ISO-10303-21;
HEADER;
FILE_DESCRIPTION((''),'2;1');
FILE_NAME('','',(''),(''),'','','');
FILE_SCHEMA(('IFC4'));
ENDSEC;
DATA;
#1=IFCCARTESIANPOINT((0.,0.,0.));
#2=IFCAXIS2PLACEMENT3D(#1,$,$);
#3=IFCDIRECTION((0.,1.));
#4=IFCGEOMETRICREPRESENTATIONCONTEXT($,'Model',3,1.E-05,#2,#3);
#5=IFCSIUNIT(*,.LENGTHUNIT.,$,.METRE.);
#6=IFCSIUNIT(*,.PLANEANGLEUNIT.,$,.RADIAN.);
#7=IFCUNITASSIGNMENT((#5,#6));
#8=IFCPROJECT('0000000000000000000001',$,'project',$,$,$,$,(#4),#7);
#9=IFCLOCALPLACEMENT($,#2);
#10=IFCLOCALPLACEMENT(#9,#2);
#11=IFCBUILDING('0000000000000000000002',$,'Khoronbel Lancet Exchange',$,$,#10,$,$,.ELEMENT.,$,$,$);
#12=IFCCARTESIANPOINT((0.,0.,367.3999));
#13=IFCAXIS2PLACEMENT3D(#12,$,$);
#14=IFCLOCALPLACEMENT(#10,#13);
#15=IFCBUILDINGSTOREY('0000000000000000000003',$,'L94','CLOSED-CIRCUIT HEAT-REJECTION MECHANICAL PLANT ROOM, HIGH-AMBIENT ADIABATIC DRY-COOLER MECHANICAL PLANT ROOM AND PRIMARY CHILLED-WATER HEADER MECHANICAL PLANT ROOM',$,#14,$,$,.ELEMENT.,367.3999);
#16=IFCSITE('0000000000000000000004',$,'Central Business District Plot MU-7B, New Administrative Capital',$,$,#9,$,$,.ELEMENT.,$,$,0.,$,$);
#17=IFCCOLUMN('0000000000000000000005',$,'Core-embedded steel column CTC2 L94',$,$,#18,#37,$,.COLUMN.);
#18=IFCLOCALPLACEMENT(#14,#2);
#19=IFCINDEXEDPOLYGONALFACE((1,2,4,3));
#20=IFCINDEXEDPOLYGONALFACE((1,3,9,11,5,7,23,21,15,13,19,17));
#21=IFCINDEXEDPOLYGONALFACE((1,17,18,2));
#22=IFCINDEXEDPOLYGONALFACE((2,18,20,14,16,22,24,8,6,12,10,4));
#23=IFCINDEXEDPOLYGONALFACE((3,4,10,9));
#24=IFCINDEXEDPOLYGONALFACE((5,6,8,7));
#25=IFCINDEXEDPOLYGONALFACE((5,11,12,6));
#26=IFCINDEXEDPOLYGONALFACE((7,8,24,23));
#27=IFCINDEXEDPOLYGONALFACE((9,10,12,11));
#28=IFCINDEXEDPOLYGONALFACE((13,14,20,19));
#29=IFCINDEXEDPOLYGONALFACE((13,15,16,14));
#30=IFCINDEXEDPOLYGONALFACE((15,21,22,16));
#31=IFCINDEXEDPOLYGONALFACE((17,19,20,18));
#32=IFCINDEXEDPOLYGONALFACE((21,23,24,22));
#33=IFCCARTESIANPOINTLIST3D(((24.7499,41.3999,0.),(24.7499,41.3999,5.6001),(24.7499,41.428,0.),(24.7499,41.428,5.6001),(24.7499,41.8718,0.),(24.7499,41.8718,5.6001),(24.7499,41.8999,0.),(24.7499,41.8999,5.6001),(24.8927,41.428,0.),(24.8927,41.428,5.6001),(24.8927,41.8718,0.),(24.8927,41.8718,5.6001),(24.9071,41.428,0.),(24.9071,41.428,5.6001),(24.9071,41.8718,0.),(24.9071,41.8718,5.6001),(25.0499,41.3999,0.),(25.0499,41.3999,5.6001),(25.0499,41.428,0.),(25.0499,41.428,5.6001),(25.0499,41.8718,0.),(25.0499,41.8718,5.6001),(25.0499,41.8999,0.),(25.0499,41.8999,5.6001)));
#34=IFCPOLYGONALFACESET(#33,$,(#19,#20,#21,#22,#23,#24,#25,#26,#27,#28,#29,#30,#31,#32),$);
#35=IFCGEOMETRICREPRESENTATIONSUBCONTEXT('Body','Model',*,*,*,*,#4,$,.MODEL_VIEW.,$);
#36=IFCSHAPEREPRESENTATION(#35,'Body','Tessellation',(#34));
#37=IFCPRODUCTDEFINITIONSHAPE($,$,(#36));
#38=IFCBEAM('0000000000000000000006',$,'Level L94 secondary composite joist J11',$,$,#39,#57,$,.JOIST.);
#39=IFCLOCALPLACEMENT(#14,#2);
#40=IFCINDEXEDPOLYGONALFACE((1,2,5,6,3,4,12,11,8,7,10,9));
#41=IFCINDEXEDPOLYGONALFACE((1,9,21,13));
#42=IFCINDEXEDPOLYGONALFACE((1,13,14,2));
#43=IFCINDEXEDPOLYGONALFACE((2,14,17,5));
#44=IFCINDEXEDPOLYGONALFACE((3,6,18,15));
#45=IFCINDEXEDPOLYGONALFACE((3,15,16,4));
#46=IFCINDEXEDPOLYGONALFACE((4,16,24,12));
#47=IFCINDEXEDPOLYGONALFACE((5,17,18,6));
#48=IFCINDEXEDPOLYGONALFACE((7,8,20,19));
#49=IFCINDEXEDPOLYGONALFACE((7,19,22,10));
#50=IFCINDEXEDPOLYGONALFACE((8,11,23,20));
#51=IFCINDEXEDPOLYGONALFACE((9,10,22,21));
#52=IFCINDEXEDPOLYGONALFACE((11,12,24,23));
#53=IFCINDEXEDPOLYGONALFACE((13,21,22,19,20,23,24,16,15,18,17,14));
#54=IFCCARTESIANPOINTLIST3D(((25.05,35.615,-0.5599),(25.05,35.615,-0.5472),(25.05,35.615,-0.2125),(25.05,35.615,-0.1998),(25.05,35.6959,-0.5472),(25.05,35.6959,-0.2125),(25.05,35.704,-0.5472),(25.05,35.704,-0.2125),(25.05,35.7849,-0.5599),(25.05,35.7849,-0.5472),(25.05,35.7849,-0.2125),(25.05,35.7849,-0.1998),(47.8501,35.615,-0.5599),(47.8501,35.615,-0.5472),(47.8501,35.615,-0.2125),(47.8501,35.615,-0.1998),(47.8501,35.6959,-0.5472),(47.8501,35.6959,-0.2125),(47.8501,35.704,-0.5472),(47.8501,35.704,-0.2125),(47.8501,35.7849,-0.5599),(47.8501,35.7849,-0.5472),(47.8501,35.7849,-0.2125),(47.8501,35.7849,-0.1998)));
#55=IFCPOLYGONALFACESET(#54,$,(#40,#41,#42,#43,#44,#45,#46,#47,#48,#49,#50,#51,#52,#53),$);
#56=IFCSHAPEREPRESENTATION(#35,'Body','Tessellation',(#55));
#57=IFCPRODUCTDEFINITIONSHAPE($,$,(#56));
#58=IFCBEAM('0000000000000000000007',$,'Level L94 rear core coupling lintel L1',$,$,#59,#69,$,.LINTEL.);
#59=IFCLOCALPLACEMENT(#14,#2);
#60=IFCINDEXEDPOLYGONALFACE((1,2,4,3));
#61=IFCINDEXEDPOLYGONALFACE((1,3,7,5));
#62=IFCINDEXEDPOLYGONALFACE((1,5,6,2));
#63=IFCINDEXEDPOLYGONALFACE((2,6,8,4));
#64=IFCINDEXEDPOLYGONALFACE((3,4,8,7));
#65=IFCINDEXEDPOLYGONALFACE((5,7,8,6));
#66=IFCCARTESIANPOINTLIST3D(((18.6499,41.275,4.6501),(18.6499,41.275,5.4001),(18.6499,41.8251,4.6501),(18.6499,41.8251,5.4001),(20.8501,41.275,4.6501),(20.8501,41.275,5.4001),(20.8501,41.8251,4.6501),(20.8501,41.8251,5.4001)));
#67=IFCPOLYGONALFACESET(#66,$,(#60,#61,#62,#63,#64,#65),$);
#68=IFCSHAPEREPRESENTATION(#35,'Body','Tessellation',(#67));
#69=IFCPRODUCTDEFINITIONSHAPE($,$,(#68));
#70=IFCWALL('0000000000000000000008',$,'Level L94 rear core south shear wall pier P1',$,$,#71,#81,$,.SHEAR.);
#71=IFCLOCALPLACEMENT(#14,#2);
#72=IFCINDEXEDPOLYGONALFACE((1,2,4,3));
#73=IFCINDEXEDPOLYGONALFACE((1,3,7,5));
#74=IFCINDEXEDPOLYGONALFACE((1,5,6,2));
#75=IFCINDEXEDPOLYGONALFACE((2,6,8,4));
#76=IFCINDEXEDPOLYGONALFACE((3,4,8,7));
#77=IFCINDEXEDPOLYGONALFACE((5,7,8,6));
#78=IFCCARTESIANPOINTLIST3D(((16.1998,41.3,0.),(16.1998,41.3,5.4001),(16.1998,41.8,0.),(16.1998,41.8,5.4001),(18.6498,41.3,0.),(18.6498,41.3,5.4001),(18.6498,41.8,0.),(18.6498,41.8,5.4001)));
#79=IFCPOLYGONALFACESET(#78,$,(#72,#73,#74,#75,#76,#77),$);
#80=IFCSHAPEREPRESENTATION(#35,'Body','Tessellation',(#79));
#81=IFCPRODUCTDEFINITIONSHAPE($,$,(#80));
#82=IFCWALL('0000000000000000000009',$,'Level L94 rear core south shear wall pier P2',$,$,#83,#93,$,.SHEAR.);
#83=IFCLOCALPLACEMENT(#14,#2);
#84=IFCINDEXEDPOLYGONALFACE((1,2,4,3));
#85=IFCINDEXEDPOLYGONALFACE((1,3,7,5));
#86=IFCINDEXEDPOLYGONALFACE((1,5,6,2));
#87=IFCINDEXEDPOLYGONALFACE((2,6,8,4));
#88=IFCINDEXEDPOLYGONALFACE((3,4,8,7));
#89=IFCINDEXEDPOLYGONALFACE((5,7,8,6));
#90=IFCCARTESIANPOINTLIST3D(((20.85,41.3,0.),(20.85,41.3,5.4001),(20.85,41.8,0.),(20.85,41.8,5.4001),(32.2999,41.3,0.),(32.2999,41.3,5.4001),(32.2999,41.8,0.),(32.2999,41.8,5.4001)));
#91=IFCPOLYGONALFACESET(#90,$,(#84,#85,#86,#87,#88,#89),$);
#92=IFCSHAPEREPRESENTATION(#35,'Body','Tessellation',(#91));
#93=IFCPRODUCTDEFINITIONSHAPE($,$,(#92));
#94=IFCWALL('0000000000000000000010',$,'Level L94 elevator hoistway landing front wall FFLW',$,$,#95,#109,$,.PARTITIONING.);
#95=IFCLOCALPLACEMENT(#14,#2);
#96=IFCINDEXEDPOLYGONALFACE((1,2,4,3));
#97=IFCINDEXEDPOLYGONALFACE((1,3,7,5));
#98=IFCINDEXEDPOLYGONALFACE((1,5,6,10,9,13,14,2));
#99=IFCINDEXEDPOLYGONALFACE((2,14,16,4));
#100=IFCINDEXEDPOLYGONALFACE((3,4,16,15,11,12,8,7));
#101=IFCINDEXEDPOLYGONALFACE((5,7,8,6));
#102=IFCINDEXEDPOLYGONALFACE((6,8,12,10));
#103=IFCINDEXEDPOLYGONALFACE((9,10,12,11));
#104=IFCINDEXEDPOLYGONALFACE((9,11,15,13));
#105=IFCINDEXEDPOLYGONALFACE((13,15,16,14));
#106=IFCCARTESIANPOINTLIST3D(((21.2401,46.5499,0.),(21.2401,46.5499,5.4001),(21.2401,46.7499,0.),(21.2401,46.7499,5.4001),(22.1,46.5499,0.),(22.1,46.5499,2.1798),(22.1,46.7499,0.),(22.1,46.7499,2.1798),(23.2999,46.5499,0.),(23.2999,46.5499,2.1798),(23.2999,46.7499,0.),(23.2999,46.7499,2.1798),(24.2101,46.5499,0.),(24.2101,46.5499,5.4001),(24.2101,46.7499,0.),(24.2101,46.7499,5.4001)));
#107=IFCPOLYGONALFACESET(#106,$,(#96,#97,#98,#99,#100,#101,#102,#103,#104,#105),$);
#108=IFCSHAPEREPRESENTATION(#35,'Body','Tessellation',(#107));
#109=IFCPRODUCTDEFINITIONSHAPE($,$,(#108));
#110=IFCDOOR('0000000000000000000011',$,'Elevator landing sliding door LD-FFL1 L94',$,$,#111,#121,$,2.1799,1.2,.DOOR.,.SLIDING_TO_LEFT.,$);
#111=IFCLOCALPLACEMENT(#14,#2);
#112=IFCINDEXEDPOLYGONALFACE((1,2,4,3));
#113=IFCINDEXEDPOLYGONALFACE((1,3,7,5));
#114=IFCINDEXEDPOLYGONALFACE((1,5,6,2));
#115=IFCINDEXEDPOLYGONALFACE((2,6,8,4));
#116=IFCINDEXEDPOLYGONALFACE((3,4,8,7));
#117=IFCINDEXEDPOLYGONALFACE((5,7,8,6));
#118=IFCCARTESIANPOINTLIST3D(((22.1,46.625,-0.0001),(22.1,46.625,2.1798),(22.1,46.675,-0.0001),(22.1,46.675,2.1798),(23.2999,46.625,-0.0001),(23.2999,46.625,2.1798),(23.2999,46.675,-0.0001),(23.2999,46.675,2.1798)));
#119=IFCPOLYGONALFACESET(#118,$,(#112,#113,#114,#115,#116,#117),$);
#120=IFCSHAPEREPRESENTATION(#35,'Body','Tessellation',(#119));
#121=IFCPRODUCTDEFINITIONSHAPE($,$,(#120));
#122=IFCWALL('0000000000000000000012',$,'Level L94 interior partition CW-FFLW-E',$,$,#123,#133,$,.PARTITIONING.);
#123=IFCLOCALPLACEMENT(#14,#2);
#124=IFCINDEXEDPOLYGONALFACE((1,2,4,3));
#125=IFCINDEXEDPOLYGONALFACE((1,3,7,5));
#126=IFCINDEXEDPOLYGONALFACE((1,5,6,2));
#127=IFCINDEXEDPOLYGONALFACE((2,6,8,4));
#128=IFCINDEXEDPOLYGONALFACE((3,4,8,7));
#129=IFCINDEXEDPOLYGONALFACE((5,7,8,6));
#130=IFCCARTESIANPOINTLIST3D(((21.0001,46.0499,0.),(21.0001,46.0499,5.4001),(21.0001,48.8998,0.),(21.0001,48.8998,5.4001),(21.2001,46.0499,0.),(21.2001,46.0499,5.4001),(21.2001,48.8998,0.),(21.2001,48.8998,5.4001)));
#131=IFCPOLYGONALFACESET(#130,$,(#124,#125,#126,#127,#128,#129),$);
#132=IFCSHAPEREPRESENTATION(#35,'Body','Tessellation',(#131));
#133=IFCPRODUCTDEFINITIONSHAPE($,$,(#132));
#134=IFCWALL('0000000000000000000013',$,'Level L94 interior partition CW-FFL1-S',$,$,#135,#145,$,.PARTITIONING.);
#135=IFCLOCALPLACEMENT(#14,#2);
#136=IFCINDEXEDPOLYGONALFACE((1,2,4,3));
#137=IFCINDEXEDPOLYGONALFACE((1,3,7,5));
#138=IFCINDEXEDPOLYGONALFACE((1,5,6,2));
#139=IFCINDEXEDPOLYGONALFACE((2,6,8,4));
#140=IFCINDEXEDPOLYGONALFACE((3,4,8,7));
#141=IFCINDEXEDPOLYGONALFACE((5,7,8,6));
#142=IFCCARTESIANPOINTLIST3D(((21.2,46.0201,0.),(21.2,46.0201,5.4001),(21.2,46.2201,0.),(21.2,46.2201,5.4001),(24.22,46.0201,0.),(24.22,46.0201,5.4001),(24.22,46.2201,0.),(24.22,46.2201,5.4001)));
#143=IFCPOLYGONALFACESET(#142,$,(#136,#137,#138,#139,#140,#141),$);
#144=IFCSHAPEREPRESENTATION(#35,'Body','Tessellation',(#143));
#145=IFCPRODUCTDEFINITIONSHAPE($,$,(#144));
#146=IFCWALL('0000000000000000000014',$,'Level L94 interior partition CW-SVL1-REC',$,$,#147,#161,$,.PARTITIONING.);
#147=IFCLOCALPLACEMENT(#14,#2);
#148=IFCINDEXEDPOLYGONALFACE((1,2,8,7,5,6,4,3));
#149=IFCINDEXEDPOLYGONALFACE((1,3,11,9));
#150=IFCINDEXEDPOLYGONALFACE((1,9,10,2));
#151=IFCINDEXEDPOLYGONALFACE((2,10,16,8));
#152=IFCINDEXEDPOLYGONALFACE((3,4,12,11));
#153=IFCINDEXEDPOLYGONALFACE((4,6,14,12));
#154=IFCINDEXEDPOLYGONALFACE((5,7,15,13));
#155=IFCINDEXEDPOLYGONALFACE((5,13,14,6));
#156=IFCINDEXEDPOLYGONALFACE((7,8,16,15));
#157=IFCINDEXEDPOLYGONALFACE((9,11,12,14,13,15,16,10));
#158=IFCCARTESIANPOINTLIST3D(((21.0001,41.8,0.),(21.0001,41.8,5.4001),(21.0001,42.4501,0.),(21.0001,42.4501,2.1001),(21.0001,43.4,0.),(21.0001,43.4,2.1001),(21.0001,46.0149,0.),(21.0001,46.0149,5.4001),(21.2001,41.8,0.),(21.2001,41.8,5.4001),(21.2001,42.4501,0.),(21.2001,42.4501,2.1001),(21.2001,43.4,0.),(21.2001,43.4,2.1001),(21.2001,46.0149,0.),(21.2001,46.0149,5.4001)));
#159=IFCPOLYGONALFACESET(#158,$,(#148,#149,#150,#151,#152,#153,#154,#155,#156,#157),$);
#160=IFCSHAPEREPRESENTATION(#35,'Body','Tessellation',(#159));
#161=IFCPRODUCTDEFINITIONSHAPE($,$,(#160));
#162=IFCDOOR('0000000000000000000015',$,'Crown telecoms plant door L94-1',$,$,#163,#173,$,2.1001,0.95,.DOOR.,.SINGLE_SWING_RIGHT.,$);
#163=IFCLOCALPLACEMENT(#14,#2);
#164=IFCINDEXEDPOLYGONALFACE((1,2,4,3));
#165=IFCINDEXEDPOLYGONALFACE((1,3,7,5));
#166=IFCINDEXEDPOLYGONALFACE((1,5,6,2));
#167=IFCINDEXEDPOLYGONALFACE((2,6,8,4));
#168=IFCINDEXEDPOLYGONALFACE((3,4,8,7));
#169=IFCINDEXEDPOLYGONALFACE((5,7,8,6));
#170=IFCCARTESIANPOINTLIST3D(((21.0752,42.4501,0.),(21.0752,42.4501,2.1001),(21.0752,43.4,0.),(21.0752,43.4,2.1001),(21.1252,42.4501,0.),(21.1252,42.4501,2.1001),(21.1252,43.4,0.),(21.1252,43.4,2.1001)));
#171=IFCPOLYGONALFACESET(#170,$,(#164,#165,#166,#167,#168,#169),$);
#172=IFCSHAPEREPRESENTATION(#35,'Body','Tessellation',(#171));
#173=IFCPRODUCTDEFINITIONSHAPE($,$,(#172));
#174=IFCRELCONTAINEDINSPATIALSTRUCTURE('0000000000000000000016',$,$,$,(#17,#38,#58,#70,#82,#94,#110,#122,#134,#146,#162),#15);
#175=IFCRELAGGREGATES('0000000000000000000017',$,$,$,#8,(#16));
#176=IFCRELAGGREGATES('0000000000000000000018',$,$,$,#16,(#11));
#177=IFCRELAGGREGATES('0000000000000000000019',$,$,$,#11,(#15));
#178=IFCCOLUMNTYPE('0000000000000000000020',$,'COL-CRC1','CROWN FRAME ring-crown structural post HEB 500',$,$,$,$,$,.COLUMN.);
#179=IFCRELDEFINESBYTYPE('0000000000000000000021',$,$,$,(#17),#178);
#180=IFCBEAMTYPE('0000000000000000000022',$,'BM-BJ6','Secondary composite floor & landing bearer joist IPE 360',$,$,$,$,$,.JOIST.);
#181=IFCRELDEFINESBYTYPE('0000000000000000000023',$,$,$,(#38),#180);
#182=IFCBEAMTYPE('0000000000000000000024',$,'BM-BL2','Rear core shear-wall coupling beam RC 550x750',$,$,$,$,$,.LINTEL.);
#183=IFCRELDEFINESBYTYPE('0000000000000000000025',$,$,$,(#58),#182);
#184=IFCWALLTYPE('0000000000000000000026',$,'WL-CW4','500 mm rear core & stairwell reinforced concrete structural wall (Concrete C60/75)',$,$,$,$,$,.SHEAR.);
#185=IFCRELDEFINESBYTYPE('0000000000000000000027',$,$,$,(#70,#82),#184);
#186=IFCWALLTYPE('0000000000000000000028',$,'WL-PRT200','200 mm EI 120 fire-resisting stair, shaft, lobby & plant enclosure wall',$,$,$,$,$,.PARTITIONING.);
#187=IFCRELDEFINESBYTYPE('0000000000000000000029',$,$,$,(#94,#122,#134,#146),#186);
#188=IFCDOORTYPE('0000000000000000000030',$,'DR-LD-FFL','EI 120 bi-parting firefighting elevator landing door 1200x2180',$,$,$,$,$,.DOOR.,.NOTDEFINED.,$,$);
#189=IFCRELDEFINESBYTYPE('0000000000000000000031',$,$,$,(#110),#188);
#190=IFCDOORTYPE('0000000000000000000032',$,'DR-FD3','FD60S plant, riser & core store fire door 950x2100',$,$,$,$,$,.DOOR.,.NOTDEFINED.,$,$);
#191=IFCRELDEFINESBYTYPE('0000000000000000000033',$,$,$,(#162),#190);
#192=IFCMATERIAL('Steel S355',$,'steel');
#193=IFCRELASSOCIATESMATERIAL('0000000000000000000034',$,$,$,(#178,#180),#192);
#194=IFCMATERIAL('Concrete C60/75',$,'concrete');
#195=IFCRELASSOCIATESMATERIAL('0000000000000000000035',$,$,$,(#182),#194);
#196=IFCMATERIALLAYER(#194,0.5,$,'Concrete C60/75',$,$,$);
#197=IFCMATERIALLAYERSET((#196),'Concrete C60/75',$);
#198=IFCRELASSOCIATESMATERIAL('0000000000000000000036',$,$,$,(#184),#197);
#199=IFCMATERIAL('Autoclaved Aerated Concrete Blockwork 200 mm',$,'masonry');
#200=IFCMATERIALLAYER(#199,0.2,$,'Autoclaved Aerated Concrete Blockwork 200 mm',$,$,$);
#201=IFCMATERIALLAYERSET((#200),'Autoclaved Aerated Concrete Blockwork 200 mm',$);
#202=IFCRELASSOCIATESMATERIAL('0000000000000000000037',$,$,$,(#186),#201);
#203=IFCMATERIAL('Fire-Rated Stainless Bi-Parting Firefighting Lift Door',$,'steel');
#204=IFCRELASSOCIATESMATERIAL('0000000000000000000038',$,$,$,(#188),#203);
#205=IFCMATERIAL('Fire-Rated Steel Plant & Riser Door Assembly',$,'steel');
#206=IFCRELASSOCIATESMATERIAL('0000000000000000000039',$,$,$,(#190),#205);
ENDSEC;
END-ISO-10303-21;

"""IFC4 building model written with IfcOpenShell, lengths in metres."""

from ifc_helpers import new_model, si_unit, direction, frame, frame_2d, origin, origin_2d, place, context, subcontext, project, spatial, rectangle, i_section, extrude, material, layer, layer_set, material_profile, profile_set, type_object, element, fill, save


model = new_model("IFC4")

# Units and contexts
model_context = context("Model", 3, precision=1e-05, world=origin(), true_north=direction((0.0, 1.0)))
body_context = subcontext(model_context, "Body", "Model", "MODEL_VIEW")
ifc_project = project(units=[si_unit("LENGTHUNIT", "METRE"), si_unit("PLANEANGLEUNIT", "RADIAN")], contexts=[model_context])

# Site, building, storey
site_placement = place(None, origin())
site = spatial("IfcSite", under=ifc_project, at=site_placement, Name="Central Business District Plot MU-7B, New Administrative Capital", CompositionType="ELEMENT", RefElevation=0.0)
building_placement = place(site_placement, origin())
building = spatial("IfcBuilding", under=site, at=building_placement, Name="Khoronbel Lancet Exchange", CompositionType="ELEMENT")
storey_placement = place(building_placement, frame((0.0, 0.0, 367.3999)))
storey = spatial("IfcBuildingStorey", under=building, at=storey_placement, Name="L94", Description="CLOSED-CIRCUIT HEAT-REJECTION MECHANICAL PLANT ROOM, HIGH-AMBIENT ADIABATIC DRY-COOLER MECHANICAL PLANT ROOM AND PRIMARY CHILLED-WATER HEADER MECHANICAL PLANT ROOM", CompositionType="ELEMENT", Elevation=367.3999)

# Column
ifc_material_1 = material(Name="Steel S355", Category="steel")
ifc_material_profile_1 = material_profile(ifc_material_1, i_section(OverallWidth=0.3, OverallDepth=0.5, WebThickness=0.0144, FlangeThickness=0.0281, at=origin_2d()), Name="HEB 500")
ifc_profile_set_1 = profile_set([ifc_material_profile_1], Name="Steel S355")
column_type = type_object("IfcColumnType", Name="COL-CRC1", Description="CROWN FRAME ring-crown structural post HEB 500", PredefinedType="COLUMN", material=ifc_profile_set_1)
column_placement = place(storey_placement, frame((24.8999, 41.6499, 0.0), z_axis=(0.0, 0.0, 1.0), x_axis=(1.0, 0.0, 0.0)))
element("IfcColumn", 1, at=column_placement, inside=storey, type_object=column_type, Name="Core-embedded steel column CTC2 L94", PredefinedType="COLUMN", context=body_context, shape_type="SweptSolid", body=[
    extrude(i_section(OverallWidth=0.3, OverallDepth=0.5, WebThickness=0.0144, FlangeThickness=0.0281, at=origin_2d()), origin(), (0.0, 0.0, 1.0), 5.6001),
])

# Beams
ifc_material_profile_2 = material_profile(ifc_material_1, i_section(OverallWidth=0.1699, OverallDepth=0.3601, WebThickness=0.0081, FlangeThickness=0.0127, at=origin_2d()), Name="IPE 360")
ifc_profile_set_2 = profile_set([ifc_material_profile_2], Name="Steel S355")
beam_type_1 = type_object("IfcBeamType", Name="BM-BJ6", Description="Secondary composite floor & landing bearer joist IPE 360", PredefinedType="JOIST", material=ifc_profile_set_2)
beam_1_placement = place(storey_placement, frame((25.05, 35.7, -0.3799), z_axis=(1.0, 0.0, 0.0), x_axis=(0.0, 1.0, 0.0)))
element("IfcBeam", 2, at=beam_1_placement, inside=storey, type_object=beam_type_1, Name="Level L94 secondary composite joist J11", PredefinedType="JOIST", context=body_context, shape_type="SweptSolid", body=[
    extrude(i_section(OverallWidth=0.1699, OverallDepth=0.3601, WebThickness=0.0081, FlangeThickness=0.0127, at=origin_2d()), origin(), (0.0, 0.0, 1.0), 22.8),
])
ifc_material_2 = material(Name="Concrete C60/75", Category="concrete")
ifc_material_profile_3 = material_profile(ifc_material_2, rectangle(XDim=0.55, YDim=0.75, at=origin_2d()), Name="RC 550x750")
ifc_profile_set_3 = profile_set([ifc_material_profile_3], Name="Concrete C60/75")
beam_type_2 = type_object("IfcBeamType", Name="BM-BL2", Description="Rear core shear-wall coupling beam RC 550x750", PredefinedType="LINTEL", material=ifc_profile_set_3)
beam_2_placement = place(storey_placement, frame((18.6499, 41.55, 5.0251), z_axis=(1.0, 0.0, 0.0), x_axis=(0.0, 1.0, 0.0)))
element("IfcBeam", 3, at=beam_2_placement, inside=storey, type_object=beam_type_2, Name="Level L94 rear core coupling lintel L1", PredefinedType="LINTEL", context=body_context, shape_type="SweptSolid", body=[
    extrude(rectangle(XDim=0.55, YDim=0.75, at=origin_2d()), origin(), (0.0, 0.0, 1.0), 2.2002),
])

# Walls
ifc_layer_1 = layer(ifc_material_2, 0.5, Name="Concrete C60/75")
ifc_layer_set_1 = layer_set([ifc_layer_1], Name="Concrete C60/75")
wall_type_1 = type_object("IfcWallType", Name="WL-CW4", Description="500 mm rear core & stairwell reinforced concrete structural wall (Concrete C60/75)", PredefinedType="SHEAR", material=ifc_layer_set_1)
wall_1_placement = place(storey_placement, frame((18.6499, 41.55, 0.0), z_axis=(0.0, 0.0, 1.0), x_axis=(-1.0, 0.0, 0.0)))
element("IfcWall", 4, at=wall_1_placement, inside=storey, type_object=wall_type_1, Name="Level L94 rear core south shear wall pier P1", PredefinedType="SHEAR", context=body_context, shape_type="SweptSolid", body=[
    extrude(rectangle(XDim=2.45, YDim=0.5, at=frame_2d((1.2251, 0.0))), origin(), (0.0, 0.0, 1.0), 5.4001),
])
wall_2_placement = place(storey_placement, frame((32.3, 41.55, 0.0), z_axis=(0.0, 0.0, 1.0), x_axis=(-1.0, 0.0, 0.0)))
element("IfcWall", 5, at=wall_2_placement, inside=storey, type_object=wall_type_1, Name="Level L94 rear core south shear wall pier P2", PredefinedType="SHEAR", context=body_context, shape_type="SweptSolid", body=[
    extrude(rectangle(XDim=11.45, YDim=0.5, at=frame_2d((5.7251, 0.0))), origin(), (0.0, 0.0, 1.0), 5.4001),
])

# Wall, opening, door
ifc_material_3 = material(Name="Autoclaved Aerated Concrete Blockwork 200 mm", Category="masonry")
ifc_layer_2 = layer(ifc_material_3, 0.2, Name="Autoclaved Aerated Concrete Blockwork 200 mm")
ifc_layer_set_2 = layer_set([ifc_layer_2], Name="Autoclaved Aerated Concrete Blockwork 200 mm")
wall_type_2 = type_object("IfcWallType", Name="WL-PRT200", Description="200 mm EI 120 fire-resisting stair, shaft, lobby & plant enclosure wall", PredefinedType="PARTITIONING", material=ifc_layer_set_2)
wall_3_placement = place(storey_placement, frame((24.21, 46.6499, 0.0), z_axis=(0.0, 0.0, 1.0), x_axis=(-1.0, 0.0, 0.0)))
wall_3 = element("IfcWall", 6, at=wall_3_placement, inside=storey, type_object=wall_type_2, Name="Level L94 elevator hoistway landing front wall FFLW", PredefinedType="PARTITIONING", context=body_context, shape_type="SweptSolid", body=[
    extrude(rectangle(XDim=2.97, YDim=0.2, at=frame_2d((1.4849, 0.0))), origin(), (0.0, 0.0, 1.0), 5.4001),
])
opening_1_placement = place(wall_3_placement, frame((0.9099, 0.0, 0.0)))
opening_1 = element("IfcOpeningElement", 7, at=opening_1_placement, cuts=wall_3, PredefinedType="OPENING", context=body_context, shape_type="SweptSolid", body=[
    extrude(rectangle(XDim=1.2, YDim=2.1799, at=frame_2d((0.6001, 1.0898))), frame((0.0, 0.1099, 0.0), z_axis=(0.0, -1.0, 0.0), x_axis=(1.0, 0.0, 0.0)), (0.0, 0.0, 1.0), 0.22),
])
ifc_material_4 = material(Name="Fire-Rated Stainless Bi-Parting Firefighting Lift Door", Category="steel")
door_type_1 = type_object("IfcDoorType", Name="DR-LD-FFL", Description="EI 120 bi-parting firefighting elevator landing door 1200x2180", OperationType="NOTDEFINED", PredefinedType="DOOR", material=ifc_material_4)
door_1_placement = place(opening_1_placement, origin())
door_1 = element("IfcDoor", 8, at=door_1_placement, inside=storey, type_object=door_type_1, Name="Elevator landing sliding door LD-FFL1 L94", OperationType="SLIDING_TO_LEFT", OverallHeight=2.1799, OverallWidth=1.2, PredefinedType="DOOR", context=body_context, shape_type="SweptSolid", body=[
    extrude(rectangle(XDim=1.2, YDim=2.1799, at=frame_2d((0.6001, 1.0898))), frame((0.0, 0.0249, 0.0), z_axis=(0.0, -1.0, 0.0), x_axis=(1.0, 0.0, 0.0)), (0.0, 0.0, 1.0), 0.05),
])
fill(opening_1, door_1)

# Walls
wall_4_placement = place(storey_placement, frame((21.1001, 46.05, 0.0), z_axis=(0.0, 0.0, 1.0), x_axis=(0.0, 1.0, 0.0)))
element("IfcWall", 9, at=wall_4_placement, inside=storey, type_object=wall_type_2, Name="Level L94 interior partition CW-FFLW-E", PredefinedType="PARTITIONING", context=body_context, shape_type="SweptSolid", body=[
    extrude(rectangle(XDim=2.8499, YDim=0.2, at=frame_2d((1.4248, 0.0))), origin(), (0.0, 0.0, 1.0), 5.4001),
])
wall_5_placement = place(storey_placement, frame((21.2, 46.1201, 0.0), z_axis=(0.0, 0.0, 1.0), x_axis=(1.0, 0.0, 0.0)))
element("IfcWall", 10, at=wall_5_placement, inside=storey, type_object=wall_type_2, Name="Level L94 interior partition CW-FFL1-S", PredefinedType="PARTITIONING", context=body_context, shape_type="SweptSolid", body=[
    extrude(rectangle(XDim=3.02, YDim=0.2, at=frame_2d((1.51, 0.0))), origin(), (0.0, 0.0, 1.0), 5.4001),
])

# Wall, opening, door
wall_6_placement = place(storey_placement, frame((21.1001, 41.8, 0.0), z_axis=(0.0, 0.0, 1.0), x_axis=(0.0, 1.0, 0.0)))
wall_6 = element("IfcWall", 11, at=wall_6_placement, inside=storey, type_object=wall_type_2, Name="Level L94 interior partition CW-SVL1-REC", PredefinedType="PARTITIONING", context=body_context, shape_type="SweptSolid", body=[
    extrude(rectangle(XDim=4.2148, YDim=0.2, at=frame_2d((2.1074, 0.0))), origin(), (0.0, 0.0, 1.0), 5.4001),
])
opening_2_placement = place(wall_6_placement, frame((0.6499, 0.0, 0.0)))
opening_2 = element("IfcOpeningElement", 12, at=opening_2_placement, cuts=wall_6, PredefinedType="OPENING", context=body_context, shape_type="SweptSolid", body=[
    extrude(rectangle(XDim=0.95, YDim=2.1001, at=frame_2d((0.4751, 1.05))), frame((0.0, 0.1099, 0.0), z_axis=(0.0, -1.0, 0.0), x_axis=(1.0, 0.0, 0.0)), (0.0, 0.0, 1.0), 0.22),
])
ifc_material_5 = material(Name="Fire-Rated Steel Plant & Riser Door Assembly", Category="steel")
door_type_2 = type_object("IfcDoorType", Name="DR-FD3", Description="FD60S plant, riser & core store fire door 950x2100", OperationType="NOTDEFINED", PredefinedType="DOOR", material=ifc_material_5)
door_2_placement = place(opening_2_placement, origin())
door_2 = element("IfcDoor", 13, at=door_2_placement, inside=storey, type_object=door_type_2, Name="Crown telecoms plant door L94-1", OperationType="SINGLE_SWING_RIGHT", OverallHeight=2.1001, OverallWidth=0.95, PredefinedType="DOOR", context=body_context, shape_type="SweptSolid", body=[
    extrude(rectangle(XDim=0.95, YDim=2.1001, at=frame_2d((0.4751, 1.05))), frame((0.0, 0.0249, 0.0), z_axis=(0.0, -1.0, 0.0), x_axis=(1.0, 0.0, 0.0)), (0.0, 0.0, 1.0), 0.05),
])
fill(opening_2, door_2)

save(model, "model.ifc")
